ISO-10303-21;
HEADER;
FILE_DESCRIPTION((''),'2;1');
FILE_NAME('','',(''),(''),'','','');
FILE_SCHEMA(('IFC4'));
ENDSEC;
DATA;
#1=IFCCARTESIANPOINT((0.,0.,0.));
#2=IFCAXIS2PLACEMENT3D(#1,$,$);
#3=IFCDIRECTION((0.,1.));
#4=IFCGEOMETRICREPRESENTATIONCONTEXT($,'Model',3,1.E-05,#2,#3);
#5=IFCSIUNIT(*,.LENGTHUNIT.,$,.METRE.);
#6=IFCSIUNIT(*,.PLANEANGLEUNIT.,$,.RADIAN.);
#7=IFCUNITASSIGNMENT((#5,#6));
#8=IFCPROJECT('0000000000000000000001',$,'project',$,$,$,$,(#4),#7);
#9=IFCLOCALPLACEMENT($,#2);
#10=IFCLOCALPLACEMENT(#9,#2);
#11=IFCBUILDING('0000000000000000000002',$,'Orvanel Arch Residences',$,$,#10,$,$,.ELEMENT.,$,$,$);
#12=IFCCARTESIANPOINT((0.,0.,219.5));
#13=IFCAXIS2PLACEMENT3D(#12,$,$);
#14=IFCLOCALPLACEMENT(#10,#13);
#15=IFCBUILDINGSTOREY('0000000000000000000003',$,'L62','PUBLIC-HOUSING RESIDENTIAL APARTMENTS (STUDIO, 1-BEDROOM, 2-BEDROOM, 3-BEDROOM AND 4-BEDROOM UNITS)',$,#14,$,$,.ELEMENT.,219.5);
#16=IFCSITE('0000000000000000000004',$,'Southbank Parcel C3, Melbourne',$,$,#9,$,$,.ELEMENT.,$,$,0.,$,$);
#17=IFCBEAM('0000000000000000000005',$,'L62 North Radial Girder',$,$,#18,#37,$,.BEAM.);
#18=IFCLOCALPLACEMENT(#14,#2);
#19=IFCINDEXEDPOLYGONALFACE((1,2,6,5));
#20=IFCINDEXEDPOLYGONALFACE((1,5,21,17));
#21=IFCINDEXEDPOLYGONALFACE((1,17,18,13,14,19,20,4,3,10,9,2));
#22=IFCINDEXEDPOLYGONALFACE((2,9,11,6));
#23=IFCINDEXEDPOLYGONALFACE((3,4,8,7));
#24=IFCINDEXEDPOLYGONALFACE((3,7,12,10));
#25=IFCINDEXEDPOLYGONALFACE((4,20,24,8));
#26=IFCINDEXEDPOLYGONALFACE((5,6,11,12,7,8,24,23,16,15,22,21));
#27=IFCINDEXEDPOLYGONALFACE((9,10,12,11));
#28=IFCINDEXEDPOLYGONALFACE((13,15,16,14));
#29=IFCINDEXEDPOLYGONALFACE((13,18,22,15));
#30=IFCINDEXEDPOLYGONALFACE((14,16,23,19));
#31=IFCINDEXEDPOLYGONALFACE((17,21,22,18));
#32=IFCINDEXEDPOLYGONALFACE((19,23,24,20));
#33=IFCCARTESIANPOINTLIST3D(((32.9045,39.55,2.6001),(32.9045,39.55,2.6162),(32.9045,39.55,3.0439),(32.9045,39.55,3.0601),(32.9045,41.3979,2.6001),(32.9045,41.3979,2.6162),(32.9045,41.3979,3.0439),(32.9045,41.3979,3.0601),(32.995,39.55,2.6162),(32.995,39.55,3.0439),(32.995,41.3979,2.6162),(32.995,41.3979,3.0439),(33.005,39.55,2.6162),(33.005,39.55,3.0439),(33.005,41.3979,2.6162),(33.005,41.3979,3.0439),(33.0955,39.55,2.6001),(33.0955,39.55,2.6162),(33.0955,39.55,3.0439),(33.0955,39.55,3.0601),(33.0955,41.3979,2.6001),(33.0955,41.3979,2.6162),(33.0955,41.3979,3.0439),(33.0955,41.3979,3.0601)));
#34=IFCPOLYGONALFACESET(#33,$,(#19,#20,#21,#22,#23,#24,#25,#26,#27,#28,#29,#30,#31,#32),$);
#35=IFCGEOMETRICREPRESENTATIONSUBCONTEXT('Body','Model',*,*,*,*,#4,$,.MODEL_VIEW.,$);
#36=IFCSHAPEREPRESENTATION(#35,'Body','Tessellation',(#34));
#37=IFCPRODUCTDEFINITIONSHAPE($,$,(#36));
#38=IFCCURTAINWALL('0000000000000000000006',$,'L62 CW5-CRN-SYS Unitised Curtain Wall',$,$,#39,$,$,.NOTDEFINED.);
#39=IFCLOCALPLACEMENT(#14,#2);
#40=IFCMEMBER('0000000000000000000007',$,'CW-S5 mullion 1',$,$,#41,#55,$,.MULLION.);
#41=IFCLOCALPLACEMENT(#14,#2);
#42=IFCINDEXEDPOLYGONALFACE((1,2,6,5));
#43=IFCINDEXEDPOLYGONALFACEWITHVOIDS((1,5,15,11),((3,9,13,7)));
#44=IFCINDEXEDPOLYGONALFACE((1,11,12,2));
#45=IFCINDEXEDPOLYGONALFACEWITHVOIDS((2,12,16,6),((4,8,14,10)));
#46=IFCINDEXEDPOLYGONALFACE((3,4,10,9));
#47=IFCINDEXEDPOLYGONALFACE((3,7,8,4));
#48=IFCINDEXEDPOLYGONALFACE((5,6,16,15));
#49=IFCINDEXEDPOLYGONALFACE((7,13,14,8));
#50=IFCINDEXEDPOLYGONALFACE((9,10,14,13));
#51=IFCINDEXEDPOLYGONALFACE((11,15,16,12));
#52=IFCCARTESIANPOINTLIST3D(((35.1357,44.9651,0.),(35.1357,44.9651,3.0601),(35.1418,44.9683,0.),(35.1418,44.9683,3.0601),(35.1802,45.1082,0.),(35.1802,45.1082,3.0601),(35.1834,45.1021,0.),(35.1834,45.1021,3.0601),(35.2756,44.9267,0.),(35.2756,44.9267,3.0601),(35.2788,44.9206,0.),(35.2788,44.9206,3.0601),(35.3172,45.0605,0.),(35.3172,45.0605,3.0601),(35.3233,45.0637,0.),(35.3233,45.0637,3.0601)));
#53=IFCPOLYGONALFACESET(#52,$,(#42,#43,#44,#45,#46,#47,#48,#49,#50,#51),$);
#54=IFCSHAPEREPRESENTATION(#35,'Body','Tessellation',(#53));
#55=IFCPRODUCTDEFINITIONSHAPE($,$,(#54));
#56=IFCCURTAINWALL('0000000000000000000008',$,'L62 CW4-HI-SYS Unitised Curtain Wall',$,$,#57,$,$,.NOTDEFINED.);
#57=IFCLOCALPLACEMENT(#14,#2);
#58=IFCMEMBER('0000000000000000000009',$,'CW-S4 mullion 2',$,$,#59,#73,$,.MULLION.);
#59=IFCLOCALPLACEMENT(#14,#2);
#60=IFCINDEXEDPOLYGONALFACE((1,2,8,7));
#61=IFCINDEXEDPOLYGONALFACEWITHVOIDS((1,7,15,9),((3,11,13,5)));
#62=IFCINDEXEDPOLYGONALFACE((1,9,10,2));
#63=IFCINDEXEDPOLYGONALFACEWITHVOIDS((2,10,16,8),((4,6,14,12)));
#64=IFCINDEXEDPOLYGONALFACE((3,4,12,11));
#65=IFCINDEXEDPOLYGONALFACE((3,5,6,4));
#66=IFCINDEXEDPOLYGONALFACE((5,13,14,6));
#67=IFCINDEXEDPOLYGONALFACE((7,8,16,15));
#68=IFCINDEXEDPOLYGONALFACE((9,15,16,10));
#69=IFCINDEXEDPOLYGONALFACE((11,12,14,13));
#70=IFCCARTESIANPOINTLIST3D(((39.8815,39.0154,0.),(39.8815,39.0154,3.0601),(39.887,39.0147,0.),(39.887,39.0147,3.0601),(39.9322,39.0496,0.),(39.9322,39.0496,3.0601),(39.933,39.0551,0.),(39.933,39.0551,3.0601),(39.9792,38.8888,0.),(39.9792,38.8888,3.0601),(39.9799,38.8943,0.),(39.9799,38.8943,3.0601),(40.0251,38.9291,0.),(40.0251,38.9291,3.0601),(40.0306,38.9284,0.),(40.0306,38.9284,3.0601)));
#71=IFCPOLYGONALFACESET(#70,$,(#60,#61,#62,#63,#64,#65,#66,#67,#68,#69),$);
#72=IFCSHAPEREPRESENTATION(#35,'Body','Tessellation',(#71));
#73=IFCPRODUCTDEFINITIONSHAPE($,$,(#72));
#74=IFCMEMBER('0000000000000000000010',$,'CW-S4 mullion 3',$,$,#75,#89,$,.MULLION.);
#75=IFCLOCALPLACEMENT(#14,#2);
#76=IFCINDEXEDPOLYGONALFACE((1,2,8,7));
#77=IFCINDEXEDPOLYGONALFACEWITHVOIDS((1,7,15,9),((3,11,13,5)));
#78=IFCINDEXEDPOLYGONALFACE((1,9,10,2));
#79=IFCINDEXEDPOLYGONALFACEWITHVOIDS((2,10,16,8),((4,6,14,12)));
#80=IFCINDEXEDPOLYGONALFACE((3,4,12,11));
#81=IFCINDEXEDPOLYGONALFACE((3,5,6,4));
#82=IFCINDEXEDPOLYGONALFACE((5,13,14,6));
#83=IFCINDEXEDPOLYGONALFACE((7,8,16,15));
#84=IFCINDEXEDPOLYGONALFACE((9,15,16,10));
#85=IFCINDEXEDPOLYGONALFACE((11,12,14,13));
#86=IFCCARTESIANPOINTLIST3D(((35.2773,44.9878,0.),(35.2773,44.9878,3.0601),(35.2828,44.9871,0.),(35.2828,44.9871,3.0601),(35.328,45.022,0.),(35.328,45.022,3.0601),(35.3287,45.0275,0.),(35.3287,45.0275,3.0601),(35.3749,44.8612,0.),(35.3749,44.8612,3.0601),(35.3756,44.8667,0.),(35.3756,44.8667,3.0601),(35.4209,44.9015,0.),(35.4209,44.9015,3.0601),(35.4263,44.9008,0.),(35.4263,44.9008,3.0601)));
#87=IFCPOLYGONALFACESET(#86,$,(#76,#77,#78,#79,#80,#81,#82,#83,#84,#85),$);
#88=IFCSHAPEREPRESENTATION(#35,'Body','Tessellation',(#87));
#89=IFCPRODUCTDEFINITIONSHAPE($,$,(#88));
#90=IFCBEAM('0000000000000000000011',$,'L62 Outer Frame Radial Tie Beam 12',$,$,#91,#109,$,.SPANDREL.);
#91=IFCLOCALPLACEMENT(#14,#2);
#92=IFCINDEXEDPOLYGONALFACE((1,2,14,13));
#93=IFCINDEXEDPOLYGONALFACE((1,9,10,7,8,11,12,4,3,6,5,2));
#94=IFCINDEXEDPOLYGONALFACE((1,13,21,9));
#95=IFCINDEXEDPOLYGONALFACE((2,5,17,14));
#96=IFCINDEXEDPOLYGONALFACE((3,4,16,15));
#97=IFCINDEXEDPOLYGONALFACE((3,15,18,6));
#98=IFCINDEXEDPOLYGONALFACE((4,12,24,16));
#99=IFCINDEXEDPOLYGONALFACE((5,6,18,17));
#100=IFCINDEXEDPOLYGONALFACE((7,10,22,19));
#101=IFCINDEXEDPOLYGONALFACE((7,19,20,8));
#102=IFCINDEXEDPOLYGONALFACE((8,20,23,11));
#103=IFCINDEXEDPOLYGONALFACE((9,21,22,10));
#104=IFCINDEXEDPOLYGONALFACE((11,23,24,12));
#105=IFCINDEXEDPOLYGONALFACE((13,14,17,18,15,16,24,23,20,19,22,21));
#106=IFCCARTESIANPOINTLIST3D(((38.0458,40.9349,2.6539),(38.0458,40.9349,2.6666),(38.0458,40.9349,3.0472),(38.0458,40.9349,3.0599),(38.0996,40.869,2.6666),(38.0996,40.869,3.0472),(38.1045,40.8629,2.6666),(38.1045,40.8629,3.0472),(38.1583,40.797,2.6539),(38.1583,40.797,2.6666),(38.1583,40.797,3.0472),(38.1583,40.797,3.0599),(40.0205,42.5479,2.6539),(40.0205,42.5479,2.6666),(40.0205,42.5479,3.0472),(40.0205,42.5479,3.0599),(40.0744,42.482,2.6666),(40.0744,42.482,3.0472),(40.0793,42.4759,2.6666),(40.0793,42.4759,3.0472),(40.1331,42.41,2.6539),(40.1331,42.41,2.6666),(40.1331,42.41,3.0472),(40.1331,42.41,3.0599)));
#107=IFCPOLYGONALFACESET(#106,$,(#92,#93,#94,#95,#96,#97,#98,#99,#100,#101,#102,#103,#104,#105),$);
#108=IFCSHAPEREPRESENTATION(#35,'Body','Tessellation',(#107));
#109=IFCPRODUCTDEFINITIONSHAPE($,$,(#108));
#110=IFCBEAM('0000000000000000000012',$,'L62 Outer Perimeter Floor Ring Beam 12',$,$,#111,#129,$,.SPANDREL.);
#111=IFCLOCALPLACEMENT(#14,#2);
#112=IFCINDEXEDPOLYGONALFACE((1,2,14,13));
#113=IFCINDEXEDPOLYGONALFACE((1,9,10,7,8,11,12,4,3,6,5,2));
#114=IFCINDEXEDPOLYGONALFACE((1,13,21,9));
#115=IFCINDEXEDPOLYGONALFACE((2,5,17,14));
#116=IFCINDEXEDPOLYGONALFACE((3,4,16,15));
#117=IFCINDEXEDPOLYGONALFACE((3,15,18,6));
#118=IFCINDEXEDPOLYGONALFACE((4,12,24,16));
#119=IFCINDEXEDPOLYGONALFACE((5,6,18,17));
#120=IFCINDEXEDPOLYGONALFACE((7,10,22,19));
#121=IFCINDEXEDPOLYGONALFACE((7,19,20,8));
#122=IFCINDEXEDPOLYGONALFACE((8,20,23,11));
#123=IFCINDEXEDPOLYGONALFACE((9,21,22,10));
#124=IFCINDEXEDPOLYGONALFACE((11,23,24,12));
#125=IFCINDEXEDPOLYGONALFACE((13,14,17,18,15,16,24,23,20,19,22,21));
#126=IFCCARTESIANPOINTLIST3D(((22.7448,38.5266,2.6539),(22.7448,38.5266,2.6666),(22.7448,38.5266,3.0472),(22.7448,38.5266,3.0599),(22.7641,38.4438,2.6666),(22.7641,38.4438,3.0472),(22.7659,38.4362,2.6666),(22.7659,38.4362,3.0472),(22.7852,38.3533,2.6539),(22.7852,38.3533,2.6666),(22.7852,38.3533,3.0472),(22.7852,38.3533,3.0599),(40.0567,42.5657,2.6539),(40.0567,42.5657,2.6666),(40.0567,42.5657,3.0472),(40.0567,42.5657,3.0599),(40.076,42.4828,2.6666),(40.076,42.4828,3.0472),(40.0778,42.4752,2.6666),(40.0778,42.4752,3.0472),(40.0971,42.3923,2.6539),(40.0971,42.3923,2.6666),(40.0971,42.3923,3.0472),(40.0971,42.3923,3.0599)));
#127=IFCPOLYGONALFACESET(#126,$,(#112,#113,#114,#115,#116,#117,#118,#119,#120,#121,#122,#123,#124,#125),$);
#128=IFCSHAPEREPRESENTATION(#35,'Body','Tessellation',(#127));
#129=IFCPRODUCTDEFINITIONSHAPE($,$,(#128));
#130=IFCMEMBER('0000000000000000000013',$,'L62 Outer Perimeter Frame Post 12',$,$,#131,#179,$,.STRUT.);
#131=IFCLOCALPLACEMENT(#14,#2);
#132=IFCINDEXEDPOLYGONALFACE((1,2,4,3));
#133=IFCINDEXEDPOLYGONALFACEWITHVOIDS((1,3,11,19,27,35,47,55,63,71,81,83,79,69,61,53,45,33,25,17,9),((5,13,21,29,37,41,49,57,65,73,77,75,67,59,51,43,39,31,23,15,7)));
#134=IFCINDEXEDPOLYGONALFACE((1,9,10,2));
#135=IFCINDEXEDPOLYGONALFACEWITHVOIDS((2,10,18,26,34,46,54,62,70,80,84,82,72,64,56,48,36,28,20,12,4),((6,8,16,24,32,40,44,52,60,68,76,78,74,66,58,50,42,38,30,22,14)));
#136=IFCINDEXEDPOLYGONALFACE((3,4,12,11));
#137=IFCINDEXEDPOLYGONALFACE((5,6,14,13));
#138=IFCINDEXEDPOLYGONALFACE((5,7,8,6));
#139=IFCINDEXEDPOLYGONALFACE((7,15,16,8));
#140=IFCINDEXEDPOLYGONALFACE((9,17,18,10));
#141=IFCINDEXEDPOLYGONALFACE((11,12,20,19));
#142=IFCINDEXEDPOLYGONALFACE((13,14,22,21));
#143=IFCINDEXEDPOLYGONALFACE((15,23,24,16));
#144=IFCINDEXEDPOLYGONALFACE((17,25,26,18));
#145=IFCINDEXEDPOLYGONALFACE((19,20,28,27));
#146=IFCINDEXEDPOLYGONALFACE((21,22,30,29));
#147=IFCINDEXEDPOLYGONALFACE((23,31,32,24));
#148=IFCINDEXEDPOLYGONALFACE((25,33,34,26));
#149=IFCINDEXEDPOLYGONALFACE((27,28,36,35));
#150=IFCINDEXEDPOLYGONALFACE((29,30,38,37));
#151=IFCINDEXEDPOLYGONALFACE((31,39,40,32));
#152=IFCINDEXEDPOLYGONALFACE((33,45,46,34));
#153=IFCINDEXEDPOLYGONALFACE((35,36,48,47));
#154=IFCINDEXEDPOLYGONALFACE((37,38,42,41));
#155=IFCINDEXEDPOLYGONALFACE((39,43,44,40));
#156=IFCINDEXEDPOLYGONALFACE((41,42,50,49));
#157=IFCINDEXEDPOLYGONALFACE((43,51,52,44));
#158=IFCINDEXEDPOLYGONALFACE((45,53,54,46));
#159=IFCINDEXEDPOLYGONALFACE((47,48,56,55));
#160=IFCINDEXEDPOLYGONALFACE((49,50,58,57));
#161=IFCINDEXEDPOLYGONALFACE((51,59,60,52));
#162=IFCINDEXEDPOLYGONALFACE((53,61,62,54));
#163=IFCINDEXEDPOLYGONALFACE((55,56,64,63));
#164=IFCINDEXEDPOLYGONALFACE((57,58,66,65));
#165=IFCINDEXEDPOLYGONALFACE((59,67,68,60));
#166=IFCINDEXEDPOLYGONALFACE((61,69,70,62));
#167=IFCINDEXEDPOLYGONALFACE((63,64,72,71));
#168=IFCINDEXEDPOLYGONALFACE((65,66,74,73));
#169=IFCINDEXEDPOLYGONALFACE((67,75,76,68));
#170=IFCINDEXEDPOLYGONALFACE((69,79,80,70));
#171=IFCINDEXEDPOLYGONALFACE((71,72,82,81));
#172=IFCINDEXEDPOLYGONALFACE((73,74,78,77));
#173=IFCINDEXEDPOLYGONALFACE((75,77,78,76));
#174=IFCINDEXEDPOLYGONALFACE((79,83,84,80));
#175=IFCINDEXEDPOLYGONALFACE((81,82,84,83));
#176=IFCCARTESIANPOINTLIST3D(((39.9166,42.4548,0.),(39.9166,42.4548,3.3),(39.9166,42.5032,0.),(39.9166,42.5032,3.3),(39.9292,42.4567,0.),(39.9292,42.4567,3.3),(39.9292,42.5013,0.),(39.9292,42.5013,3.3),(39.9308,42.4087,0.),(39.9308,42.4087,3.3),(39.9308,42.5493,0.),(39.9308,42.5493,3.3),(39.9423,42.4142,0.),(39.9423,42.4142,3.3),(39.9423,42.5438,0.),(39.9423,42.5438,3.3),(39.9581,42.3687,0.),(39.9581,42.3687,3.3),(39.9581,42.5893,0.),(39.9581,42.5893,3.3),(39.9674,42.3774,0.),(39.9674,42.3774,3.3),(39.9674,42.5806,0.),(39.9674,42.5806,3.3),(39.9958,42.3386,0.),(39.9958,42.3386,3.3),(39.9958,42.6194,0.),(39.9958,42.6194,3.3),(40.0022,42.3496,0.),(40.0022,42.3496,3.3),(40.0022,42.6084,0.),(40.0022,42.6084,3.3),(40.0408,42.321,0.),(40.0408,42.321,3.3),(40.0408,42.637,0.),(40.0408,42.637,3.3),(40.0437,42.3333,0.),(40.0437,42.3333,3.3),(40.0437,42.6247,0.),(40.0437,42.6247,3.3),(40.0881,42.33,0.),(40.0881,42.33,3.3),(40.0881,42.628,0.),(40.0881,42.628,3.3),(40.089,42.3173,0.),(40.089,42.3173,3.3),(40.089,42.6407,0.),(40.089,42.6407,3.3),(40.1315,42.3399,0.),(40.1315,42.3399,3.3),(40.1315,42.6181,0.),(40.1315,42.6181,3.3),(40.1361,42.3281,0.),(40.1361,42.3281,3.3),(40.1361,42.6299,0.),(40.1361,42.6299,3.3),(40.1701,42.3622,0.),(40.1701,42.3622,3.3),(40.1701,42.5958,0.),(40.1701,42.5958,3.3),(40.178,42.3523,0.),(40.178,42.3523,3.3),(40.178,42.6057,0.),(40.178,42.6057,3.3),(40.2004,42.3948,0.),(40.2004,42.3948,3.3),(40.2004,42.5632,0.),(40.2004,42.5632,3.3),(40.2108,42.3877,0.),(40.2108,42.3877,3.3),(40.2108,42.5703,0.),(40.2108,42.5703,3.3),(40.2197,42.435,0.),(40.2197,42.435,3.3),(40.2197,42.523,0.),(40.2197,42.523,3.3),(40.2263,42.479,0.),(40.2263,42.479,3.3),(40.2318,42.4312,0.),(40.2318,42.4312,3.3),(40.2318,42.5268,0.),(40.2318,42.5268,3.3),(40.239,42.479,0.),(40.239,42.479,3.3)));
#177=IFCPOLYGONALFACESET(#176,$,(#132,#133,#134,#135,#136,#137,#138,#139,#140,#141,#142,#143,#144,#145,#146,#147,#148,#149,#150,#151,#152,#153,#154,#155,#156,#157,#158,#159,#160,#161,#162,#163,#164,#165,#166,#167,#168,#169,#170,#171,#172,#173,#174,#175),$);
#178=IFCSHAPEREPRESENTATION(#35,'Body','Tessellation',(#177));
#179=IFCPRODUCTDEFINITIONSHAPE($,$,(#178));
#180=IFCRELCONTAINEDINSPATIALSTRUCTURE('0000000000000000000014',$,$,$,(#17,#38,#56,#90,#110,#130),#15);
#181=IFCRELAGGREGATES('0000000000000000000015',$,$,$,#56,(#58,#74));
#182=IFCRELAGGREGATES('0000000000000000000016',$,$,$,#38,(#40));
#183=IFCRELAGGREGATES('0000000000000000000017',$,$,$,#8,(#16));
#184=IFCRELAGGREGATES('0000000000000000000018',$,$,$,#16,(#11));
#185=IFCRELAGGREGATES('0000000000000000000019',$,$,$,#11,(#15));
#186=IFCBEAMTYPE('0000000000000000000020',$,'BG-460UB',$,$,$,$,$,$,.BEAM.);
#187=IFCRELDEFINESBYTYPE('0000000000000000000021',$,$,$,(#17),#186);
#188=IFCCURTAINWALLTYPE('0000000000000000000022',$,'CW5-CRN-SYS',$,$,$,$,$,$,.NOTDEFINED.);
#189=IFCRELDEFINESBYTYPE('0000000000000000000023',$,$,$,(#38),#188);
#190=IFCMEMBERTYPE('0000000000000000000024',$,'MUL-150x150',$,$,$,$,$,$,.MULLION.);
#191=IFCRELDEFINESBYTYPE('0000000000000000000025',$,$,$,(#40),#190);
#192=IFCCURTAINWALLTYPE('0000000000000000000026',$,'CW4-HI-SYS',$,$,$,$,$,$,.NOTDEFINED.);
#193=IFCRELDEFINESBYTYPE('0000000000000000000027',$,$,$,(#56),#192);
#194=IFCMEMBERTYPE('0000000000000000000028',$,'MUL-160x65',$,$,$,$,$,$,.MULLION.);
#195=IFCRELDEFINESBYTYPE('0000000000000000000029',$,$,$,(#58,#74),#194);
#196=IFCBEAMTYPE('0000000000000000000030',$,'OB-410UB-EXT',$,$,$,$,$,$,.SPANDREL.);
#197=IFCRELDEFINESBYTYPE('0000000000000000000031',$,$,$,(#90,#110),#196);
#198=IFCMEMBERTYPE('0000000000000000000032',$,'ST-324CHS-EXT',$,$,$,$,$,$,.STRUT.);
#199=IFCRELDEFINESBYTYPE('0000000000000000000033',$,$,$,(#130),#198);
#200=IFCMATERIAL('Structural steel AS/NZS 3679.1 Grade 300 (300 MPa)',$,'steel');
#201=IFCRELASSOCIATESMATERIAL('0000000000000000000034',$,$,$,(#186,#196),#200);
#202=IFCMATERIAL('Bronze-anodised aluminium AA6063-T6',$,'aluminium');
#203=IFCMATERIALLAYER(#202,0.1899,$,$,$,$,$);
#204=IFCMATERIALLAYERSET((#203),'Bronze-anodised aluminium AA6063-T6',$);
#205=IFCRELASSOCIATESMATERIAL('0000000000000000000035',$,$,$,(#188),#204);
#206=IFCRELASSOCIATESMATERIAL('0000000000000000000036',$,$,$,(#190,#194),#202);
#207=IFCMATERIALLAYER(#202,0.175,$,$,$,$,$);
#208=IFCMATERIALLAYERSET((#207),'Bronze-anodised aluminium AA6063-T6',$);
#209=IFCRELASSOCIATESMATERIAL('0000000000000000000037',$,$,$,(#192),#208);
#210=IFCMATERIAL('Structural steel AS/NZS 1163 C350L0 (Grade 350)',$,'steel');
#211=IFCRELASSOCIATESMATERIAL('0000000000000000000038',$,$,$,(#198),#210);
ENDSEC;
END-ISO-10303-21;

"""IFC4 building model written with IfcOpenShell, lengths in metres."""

from ifc_helpers import new_model, si_unit, direction, frame, origin, origin_2d, place, context, subcontext, project, spatial, hollow_rectangle, hollow_circle, i_section, extrude, material, layer, layer_set, material_profile, profile_set, type_object, element, aggregate, save


model = new_model("IFC4")

# Units and contexts
model_context = context("Model", 3, precision=1e-05, world=origin(), true_north=direction((0.0, 1.0)))
body_context = subcontext(model_context, "Body", "Model", "MODEL_VIEW")
ifc_project = project(units=[si_unit("LENGTHUNIT", "METRE"), si_unit("PLANEANGLEUNIT", "RADIAN")], contexts=[model_context])

# Site, building, storey
site_placement = place(None, origin())
site = spatial("IfcSite", under=ifc_project, at=site_placement, Name="Southbank Parcel C3, Melbourne", CompositionType="ELEMENT", RefElevation=0.0)
building_placement = place(site_placement, origin())
building = spatial("IfcBuilding", under=site, at=building_placement, Name="Orvanel Arch Residences", CompositionType="ELEMENT")
storey_placement = place(building_placement, frame((0.0, 0.0, 219.5)))
storey = spatial("IfcBuildingStorey", under=building, at=storey_placement, Name="L62", Description="PUBLIC-HOUSING RESIDENTIAL APARTMENTS (STUDIO, 1-BEDROOM, 2-BEDROOM, 3-BEDROOM AND 4-BEDROOM UNITS)", CompositionType="ELEMENT", Elevation=219.5)

# Beam
ifc_material_1 = material(Name="Structural steel AS/NZS 3679.1 Grade 300 (300 MPa)", Category="steel")
ifc_material_profile_1 = material_profile(ifc_material_1, i_section(OverallWidth=0.1909, OverallDepth=0.46, WebThickness=0.01, FlangeThickness=0.0161, at=origin_2d()), Name="460UB82.1")
ifc_profile_set_1 = profile_set([ifc_material_profile_1], Name="Structural steel AS/NZS 3679.1 Grade 300 (300 MPa)")
beam_type_1 = type_object("IfcBeamType", Name="BG-460UB", PredefinedType="BEAM", material=ifc_profile_set_1)
beam_1_placement = place(storey_placement, frame((33.0, 39.55, 2.8301), z_axis=(0.0, 1.0, 0.0), x_axis=(-1.0, 0.0, 0.0)))
element("IfcBeam", 1, at=beam_1_placement, inside=storey, type_object=beam_type_1, Name="L62 North Radial Girder", PredefinedType="BEAM", context=body_context, shape_type="SweptSolid", body=[
    extrude(i_section(OverallWidth=0.1909, OverallDepth=0.46, WebThickness=0.01, FlangeThickness=0.0161, at=origin_2d()), origin(), (0.0, 0.0, 1.0), 1.8479),
])

# Curtain wall, member
ifc_material_2 = material(Name="Bronze-anodised aluminium AA6063-T6", Category="aluminium")
ifc_layer_1 = layer(ifc_material_2, 0.1899)
ifc_layer_set_1 = layer_set([ifc_layer_1], Name="Bronze-anodised aluminium AA6063-T6")
curtain_wall_type_1 = type_object("IfcCurtainWallType", Name="CW5-CRN-SYS", PredefinedType="NOTDEFINED", material=ifc_layer_set_1)
curtain_wall_1_placement = place(storey_placement, origin())
curtain_wall_1 = element("IfcCurtainWall", 2, at=curtain_wall_1_placement, inside=storey, type_object=curtain_wall_type_1, Name="L62 CW5-CRN-SYS Unitised Curtain Wall", PredefinedType="NOTDEFINED")
ifc_material_profile_2 = material_profile(ifc_material_2, hollow_rectangle(XDim=0.1499, YDim=0.1499, WallThickness=0.0049, at=origin_2d()), Name="ALU150x150x5")
ifc_profile_set_2 = profile_set([ifc_material_profile_2], Name="Bronze-anodised aluminium AA6063-T6")
member_type_1 = type_object("IfcMemberType", Name="MUL-150x150", PredefinedType="MULLION", material=ifc_profile_set_2)
member_1_placement = place(storey_placement, frame((35.2295, 45.0144, 0.0), z_axis=(0.0, 0.0, 1.0), x_axis=(-0.297225, -0.954808, 0.0)))
member_1 = element("IfcMember", 3, at=member_1_placement, type_object=member_type_1, Name="CW-S5 mullion 1", PredefinedType="MULLION", context=body_context, shape_type="SweptSolid", body=[
    extrude(hollow_rectangle(XDim=0.1499, YDim=0.1499, WallThickness=0.0049, at=origin_2d()), origin(), (0.0, 0.0, 1.0), 3.0601),
])

# Curtain wall, members
ifc_layer_2 = layer(ifc_material_2, 0.175)
ifc_layer_set_2 = layer_set([ifc_layer_2], Name="Bronze-anodised aluminium AA6063-T6")
curtain_wall_type_2 = type_object("IfcCurtainWallType", Name="CW4-HI-SYS", PredefinedType="NOTDEFINED", material=ifc_layer_set_2)
curtain_wall_2_placement = place(storey_placement, origin())
curtain_wall_2 = element("IfcCurtainWall", 4, at=curtain_wall_2_placement, inside=storey, type_object=curtain_wall_type_2, Name="L62 CW4-HI-SYS Unitised Curtain Wall", PredefinedType="NOTDEFINED")
ifc_material_profile_3 = material_profile(ifc_material_2, hollow_rectangle(XDim=0.0649, YDim=0.1599, WallThickness=0.0039, at=origin_2d()), Name="ALU160x65x4")
ifc_profile_set_3 = profile_set([ifc_material_profile_3], Name="Bronze-anodised aluminium AA6063-T6")
member_type_2 = type_object("IfcMemberType", Name="MUL-160x65", PredefinedType="MULLION", material=ifc_profile_set_3)
member_2_placement = place(storey_placement, frame((39.9561, 38.9719, 0.0), z_axis=(0.0, 0.0, 1.0), x_axis=(-0.791976, -0.610553, 0.0)))
member_2 = element("IfcMember", 5, at=member_2_placement, type_object=member_type_2, Name="CW-S4 mullion 2", PredefinedType="MULLION", context=body_context, shape_type="SweptSolid", body=[
    extrude(hollow_rectangle(XDim=0.0649, YDim=0.1599, WallThickness=0.0039, at=origin_2d()), origin(), (0.0, 0.0, 1.0), 3.0601),
])
member_3_placement = place(storey_placement, frame((35.3518, 44.9443, 0.0), z_axis=(0.0, 0.0, 1.0), x_axis=(-0.791976, -0.610553, 0.0)))
member_3 = element("IfcMember", 6, at=member_3_placement, type_object=member_type_2, Name="CW-S4 mullion 3", PredefinedType="MULLION", context=body_context, shape_type="SweptSolid", body=[
    extrude(hollow_rectangle(XDim=0.0649, YDim=0.1599, WallThickness=0.0039, at=origin_2d()), origin(), (0.0, 0.0, 1.0), 3.0601),
])

# Beams
ifc_material_profile_4 = material_profile(ifc_material_1, i_section(OverallWidth=0.178, OverallDepth=0.406, WebThickness=0.0078, FlangeThickness=0.0127, at=origin_2d()), Name="410UB59.7")
ifc_profile_set_4 = profile_set([ifc_material_profile_4], Name="Structural steel AS/NZS 3679.1 Grade 300 (300 MPa)")
beam_type_2 = type_object("IfcBeamType", Name="OB-410UB-EXT", PredefinedType="SPANDREL", material=ifc_profile_set_4)
beam_2_placement = place(storey_placement, frame((38.1021, 40.866, 2.8569), z_axis=(0.774486, 0.632591, 0.0), x_axis=(-0.632591, 0.774486, 0.0)))
element("IfcBeam", 7, at=beam_2_placement, inside=storey, type_object=beam_type_2, Name="L62 Outer Frame Radial Tie Beam 12", PredefinedType="SPANDREL", context=body_context, shape_type="SweptSolid", body=[
    extrude(i_section(OverallWidth=0.178, OverallDepth=0.406, WebThickness=0.0078, FlangeThickness=0.0127, at=origin_2d()), origin(), (0.0, 0.0, 1.0), 2.5498),
])
beam_3_placement = place(storey_placement, frame((40.0769, 42.479, 2.8569), z_axis=(-0.973846, -0.227208, 0.0), x_axis=(0.227208, -0.973846, 0.0)))
element("IfcBeam", 8, at=beam_3_placement, inside=storey, type_object=beam_type_2, Name="L62 Outer Perimeter Floor Ring Beam 12", PredefinedType="SPANDREL", context=body_context, shape_type="SweptSolid", body=[
    extrude(i_section(OverallWidth=0.178, OverallDepth=0.406, WebThickness=0.0078, FlangeThickness=0.0127, at=origin_2d()), origin(), (0.0, 0.0, 1.0), 17.7769),
])

# Member
ifc_material_3 = material(Name="Structural steel AS/NZS 1163 C350L0 (Grade 350)", Category="steel")
ifc_material_profile_5 = material_profile(ifc_material_3, hollow_circle(Radius=0.1621, WallThickness=0.0127, at=origin_2d()), Name="CHS324x12.7")
ifc_profile_set_5 = profile_set([ifc_material_profile_5], Name="Structural steel AS/NZS 1163 C350L0 (Grade 350)")
member_type_3 = type_object("IfcMemberType", Name="ST-324CHS-EXT", PredefinedType="STRUT", material=ifc_profile_set_5)
member_4_placement = place(storey_placement, frame((40.0769, 42.479, 0.0), z_axis=(0.0, 0.0, 1.0), x_axis=(1.0, 0.0, 0.0)))
element("IfcMember", 9, at=member_4_placement, inside=storey, type_object=member_type_3, Name="L62 Outer Perimeter Frame Post 12", PredefinedType="STRUT", context=body_context, shape_type="SweptSolid", body=[
    extrude(hollow_circle(Radius=0.1621, WallThickness=0.0127, at=origin_2d()), origin(), (0.0, 0.0, 1.0), 3.3),
])

aggregate(curtain_wall_2, [member_2, member_3])
aggregate(curtain_wall_1, [member_1])

save(model, "model.ifc")
